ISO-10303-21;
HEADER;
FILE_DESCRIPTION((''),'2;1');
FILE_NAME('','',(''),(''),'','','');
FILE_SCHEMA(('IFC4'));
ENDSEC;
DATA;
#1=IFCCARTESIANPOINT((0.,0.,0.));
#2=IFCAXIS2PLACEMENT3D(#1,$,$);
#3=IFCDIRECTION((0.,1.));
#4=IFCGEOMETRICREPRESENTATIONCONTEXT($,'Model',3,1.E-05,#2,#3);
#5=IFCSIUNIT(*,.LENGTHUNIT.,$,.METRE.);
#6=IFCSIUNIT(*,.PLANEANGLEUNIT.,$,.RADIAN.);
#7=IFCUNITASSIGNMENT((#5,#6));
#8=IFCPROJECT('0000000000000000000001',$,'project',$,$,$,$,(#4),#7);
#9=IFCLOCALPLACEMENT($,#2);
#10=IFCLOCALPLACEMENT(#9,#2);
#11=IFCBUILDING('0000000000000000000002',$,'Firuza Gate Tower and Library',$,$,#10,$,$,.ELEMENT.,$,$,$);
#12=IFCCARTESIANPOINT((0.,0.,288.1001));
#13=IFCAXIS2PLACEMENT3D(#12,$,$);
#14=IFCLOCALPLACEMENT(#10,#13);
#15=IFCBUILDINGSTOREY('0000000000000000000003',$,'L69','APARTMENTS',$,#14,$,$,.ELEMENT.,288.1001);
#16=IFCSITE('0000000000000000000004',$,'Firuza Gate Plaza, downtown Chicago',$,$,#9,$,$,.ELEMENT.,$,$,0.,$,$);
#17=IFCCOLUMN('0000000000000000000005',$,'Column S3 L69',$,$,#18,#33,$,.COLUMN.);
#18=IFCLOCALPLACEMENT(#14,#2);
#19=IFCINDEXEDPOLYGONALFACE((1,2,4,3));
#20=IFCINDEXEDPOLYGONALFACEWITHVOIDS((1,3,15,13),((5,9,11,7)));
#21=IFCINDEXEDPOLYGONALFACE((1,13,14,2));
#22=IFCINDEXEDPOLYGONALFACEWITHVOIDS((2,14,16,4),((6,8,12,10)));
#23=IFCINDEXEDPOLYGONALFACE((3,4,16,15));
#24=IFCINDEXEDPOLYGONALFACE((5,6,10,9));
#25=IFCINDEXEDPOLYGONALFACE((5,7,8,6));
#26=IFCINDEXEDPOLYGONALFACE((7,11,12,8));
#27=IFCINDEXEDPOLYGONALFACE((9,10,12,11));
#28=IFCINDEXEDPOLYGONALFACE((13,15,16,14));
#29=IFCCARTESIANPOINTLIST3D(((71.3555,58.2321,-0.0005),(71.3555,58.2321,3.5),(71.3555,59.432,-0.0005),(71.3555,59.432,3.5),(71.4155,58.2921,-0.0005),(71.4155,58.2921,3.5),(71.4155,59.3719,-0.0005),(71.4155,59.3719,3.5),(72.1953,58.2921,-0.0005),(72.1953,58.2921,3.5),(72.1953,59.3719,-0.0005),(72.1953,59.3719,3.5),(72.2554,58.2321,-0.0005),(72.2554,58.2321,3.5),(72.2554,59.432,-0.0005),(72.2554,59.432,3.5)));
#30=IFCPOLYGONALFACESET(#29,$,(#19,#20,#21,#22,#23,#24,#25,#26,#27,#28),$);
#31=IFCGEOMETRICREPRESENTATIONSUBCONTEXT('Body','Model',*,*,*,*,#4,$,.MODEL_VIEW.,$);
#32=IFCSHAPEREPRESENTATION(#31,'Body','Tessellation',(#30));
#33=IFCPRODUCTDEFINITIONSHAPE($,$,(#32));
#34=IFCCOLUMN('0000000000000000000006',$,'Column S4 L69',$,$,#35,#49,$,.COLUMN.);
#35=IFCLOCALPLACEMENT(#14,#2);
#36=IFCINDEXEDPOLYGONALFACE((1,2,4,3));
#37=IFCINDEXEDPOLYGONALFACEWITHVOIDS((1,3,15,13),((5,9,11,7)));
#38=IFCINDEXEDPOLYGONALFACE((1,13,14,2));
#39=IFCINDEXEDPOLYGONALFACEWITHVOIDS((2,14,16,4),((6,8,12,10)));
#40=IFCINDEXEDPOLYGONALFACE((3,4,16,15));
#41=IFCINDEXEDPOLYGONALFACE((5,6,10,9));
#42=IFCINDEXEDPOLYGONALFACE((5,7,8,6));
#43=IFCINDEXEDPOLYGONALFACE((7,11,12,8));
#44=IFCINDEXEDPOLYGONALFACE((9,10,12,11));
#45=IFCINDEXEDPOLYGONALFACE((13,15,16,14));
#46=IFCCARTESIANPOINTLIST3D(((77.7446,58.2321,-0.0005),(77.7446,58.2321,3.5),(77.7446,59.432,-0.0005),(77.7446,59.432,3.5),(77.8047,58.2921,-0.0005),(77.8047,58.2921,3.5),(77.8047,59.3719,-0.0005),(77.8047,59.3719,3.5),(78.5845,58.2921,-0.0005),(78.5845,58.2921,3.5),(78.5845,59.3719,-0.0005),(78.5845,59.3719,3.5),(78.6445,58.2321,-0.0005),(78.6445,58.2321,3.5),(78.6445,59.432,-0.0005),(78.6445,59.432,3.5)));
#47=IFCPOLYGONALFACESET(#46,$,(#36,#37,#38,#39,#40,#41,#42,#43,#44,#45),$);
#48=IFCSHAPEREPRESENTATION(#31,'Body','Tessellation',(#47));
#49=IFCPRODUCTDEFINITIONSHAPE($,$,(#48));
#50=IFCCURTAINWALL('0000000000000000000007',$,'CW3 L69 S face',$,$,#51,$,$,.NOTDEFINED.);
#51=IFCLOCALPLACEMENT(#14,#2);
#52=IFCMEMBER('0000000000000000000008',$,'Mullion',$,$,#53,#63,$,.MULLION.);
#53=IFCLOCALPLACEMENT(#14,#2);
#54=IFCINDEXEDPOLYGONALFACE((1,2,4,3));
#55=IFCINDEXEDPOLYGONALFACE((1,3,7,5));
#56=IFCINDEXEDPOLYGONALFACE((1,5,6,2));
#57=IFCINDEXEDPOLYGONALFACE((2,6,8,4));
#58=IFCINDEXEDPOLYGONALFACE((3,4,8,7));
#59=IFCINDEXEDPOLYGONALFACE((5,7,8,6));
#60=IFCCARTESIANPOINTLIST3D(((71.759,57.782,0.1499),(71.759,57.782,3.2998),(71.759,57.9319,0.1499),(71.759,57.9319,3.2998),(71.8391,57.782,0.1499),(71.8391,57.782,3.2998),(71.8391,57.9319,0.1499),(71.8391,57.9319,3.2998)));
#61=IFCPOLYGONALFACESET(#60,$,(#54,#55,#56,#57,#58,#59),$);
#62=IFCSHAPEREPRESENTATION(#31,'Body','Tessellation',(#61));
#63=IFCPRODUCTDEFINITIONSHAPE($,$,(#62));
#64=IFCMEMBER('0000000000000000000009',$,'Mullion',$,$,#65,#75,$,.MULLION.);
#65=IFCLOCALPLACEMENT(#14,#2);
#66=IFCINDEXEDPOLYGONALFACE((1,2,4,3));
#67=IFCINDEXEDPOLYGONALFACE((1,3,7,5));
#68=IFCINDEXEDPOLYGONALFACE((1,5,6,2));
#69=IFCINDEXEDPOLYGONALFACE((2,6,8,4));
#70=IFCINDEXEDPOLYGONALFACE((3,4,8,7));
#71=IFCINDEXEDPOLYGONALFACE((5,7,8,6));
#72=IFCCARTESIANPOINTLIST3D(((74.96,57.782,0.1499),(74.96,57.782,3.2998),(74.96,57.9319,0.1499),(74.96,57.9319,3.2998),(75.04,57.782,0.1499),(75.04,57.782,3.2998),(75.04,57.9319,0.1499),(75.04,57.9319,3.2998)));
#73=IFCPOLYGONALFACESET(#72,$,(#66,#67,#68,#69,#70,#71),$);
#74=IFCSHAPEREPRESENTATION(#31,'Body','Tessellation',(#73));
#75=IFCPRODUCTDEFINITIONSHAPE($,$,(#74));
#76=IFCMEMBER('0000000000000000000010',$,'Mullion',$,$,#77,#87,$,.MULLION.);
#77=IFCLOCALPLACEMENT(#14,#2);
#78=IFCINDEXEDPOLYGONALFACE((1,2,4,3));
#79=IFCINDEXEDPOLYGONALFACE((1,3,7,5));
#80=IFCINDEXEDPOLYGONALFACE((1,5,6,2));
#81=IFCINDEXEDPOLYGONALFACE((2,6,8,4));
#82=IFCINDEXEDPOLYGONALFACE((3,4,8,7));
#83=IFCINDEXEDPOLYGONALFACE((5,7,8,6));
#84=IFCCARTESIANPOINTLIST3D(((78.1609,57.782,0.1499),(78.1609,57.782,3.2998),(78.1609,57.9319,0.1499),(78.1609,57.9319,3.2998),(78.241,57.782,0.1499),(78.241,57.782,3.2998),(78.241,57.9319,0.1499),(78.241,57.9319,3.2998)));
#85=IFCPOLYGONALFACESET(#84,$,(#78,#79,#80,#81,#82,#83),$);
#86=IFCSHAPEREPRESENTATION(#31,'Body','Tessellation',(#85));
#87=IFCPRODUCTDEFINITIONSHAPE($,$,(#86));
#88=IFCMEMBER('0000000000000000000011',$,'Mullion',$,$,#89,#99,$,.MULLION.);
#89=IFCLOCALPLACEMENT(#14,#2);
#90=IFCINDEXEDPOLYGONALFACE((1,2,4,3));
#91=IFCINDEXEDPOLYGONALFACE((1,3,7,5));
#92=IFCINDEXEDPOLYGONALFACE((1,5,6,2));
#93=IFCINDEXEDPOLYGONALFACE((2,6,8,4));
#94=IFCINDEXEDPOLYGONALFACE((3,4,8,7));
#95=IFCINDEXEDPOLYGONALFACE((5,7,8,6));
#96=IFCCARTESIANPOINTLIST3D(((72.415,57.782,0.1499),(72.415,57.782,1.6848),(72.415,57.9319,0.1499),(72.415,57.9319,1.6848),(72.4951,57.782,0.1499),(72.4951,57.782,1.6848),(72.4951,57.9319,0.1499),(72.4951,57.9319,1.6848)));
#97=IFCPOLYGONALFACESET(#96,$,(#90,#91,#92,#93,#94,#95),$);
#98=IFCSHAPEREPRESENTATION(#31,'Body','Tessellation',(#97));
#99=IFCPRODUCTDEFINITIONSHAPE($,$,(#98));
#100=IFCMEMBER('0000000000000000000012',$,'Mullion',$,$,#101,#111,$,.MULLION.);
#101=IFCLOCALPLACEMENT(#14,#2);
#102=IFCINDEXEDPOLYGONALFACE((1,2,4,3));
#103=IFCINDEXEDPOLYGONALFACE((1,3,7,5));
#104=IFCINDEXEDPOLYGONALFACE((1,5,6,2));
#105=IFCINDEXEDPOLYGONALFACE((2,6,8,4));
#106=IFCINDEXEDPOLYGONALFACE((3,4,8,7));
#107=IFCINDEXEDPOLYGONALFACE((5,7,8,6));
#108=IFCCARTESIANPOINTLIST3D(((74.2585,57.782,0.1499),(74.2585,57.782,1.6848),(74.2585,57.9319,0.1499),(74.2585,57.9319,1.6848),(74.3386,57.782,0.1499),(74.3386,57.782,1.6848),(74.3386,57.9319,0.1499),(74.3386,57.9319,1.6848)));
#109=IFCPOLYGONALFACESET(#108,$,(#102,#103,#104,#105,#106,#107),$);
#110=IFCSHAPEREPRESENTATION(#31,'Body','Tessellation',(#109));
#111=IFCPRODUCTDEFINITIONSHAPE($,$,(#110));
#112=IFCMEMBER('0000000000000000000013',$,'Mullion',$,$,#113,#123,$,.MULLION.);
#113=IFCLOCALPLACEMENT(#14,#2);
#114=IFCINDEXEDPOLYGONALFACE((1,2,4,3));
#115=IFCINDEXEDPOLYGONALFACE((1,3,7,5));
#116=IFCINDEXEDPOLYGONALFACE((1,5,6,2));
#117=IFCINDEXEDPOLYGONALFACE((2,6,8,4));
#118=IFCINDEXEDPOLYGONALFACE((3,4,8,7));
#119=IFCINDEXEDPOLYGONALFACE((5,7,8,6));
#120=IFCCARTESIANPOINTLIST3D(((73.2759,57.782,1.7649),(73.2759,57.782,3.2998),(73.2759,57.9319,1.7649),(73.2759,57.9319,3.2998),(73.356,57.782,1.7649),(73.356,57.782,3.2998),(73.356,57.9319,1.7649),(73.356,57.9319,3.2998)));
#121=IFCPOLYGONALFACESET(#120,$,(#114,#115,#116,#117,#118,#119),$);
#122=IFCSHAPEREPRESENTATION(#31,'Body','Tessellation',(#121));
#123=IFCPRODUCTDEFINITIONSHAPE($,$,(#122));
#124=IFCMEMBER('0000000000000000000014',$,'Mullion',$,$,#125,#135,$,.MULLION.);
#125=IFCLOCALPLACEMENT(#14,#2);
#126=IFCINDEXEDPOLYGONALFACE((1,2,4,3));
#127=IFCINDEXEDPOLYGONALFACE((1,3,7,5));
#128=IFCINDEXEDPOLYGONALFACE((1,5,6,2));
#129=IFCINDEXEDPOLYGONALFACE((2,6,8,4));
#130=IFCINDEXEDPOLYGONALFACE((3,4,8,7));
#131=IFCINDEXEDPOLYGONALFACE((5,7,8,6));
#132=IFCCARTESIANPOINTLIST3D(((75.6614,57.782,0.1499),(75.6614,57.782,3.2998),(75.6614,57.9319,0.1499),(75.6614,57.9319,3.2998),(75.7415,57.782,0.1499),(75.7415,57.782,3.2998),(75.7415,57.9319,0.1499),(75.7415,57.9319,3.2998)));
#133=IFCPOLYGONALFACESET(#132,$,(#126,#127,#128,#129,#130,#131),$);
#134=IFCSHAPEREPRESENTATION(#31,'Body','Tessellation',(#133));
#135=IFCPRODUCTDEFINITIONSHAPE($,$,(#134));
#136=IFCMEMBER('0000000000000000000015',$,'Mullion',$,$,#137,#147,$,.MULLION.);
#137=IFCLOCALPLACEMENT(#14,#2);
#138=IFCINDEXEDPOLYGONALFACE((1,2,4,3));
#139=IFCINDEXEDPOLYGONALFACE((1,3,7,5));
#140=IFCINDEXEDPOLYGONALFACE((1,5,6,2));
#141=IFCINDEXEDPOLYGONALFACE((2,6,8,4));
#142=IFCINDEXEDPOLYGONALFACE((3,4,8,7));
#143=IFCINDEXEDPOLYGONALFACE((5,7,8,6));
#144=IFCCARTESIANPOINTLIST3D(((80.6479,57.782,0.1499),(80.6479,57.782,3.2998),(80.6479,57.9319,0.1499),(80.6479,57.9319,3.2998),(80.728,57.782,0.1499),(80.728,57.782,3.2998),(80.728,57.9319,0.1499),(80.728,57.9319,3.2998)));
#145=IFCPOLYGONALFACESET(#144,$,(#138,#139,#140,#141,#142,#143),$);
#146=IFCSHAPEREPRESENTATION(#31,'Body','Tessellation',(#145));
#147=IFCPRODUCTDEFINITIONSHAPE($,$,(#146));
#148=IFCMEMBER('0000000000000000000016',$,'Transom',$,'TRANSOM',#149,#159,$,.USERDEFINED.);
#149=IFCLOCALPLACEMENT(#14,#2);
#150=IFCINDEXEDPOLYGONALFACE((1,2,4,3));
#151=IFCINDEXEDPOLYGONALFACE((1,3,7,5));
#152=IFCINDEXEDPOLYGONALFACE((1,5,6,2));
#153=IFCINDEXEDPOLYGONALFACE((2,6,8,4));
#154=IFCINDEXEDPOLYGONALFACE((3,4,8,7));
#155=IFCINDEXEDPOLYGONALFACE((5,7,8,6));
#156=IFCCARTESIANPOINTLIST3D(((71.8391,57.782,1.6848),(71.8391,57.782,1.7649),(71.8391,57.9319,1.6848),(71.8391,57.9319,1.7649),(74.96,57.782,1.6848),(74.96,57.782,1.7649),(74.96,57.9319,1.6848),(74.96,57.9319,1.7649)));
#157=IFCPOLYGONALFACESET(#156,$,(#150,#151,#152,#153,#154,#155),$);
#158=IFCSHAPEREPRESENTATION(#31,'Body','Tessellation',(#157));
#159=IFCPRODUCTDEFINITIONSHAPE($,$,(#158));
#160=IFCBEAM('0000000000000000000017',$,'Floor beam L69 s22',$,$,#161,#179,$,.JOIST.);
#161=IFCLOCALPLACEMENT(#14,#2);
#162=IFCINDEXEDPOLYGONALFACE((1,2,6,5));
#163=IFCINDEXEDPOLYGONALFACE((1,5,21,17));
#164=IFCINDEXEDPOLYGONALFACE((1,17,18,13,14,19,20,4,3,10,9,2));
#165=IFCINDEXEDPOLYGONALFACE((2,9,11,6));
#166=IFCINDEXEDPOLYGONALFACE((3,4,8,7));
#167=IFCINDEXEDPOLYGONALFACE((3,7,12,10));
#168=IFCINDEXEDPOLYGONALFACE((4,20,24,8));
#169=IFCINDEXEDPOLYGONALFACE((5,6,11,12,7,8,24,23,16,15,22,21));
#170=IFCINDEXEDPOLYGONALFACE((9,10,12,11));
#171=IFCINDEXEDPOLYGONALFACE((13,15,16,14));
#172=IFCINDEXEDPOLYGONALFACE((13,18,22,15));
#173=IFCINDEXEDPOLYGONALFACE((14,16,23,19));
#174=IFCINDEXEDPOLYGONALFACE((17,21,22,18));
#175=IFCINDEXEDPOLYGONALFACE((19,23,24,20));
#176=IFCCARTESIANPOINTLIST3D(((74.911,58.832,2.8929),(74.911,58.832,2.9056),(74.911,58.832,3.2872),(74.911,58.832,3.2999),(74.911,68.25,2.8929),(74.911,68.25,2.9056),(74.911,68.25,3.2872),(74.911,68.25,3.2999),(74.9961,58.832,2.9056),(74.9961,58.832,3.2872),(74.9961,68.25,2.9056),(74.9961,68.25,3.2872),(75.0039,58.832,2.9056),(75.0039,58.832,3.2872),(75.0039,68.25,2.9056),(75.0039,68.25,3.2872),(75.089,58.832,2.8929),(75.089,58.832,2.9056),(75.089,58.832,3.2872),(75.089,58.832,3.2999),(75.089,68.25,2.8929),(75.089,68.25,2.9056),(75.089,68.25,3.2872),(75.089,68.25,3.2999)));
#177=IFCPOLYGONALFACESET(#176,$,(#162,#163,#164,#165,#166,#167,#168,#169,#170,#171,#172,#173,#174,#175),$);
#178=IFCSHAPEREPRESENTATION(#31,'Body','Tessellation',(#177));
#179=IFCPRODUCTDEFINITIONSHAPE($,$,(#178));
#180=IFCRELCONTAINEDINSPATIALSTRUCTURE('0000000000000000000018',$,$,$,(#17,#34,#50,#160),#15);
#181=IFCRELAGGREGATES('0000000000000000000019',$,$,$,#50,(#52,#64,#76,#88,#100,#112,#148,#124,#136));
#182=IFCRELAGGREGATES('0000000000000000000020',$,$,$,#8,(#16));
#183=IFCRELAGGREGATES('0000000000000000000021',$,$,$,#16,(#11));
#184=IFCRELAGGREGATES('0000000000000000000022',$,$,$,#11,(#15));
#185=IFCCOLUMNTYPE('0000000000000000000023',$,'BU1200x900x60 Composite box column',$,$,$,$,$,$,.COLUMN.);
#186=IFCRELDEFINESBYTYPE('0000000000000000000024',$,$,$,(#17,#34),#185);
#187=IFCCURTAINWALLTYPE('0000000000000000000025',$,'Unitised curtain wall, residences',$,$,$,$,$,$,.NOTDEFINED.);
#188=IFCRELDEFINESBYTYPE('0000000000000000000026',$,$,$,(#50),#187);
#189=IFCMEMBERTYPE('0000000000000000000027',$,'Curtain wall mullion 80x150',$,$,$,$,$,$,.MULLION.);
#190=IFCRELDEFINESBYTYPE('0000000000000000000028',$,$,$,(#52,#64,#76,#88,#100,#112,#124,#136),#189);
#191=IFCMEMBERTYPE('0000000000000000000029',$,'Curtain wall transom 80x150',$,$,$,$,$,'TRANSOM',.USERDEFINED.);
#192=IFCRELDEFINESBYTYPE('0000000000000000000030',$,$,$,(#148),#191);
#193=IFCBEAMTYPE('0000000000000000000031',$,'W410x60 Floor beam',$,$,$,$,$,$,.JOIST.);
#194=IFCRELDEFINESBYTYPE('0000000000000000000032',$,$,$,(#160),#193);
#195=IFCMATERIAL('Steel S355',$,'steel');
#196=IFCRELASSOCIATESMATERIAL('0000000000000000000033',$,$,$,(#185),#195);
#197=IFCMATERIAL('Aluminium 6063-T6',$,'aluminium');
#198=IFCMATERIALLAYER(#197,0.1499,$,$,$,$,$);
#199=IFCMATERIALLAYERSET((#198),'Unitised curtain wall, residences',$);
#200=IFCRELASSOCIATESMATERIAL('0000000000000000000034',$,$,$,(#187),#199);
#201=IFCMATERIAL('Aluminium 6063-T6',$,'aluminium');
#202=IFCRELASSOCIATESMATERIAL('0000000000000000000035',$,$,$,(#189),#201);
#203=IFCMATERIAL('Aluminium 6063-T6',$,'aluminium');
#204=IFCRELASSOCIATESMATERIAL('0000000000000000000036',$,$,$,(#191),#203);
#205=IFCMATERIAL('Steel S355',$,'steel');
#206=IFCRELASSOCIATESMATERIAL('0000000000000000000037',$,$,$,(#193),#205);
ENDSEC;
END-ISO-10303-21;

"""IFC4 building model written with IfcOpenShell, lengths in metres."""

from ifc_helpers import new_model, si_unit, direction, frame, origin, origin_2d, place, context, subcontext, project, spatial, rectangle, hollow_rectangle, i_section, extrude, material, layer, layer_set, material_profile, profile_set, type_object, element, aggregate, save


model = new_model("IFC4")

# Units and contexts
model_context = context("Model", 3, precision=1e-05, world=origin(), true_north=direction((0.0, 1.0)))
body_context = subcontext(model_context, "Body", "Model", "MODEL_VIEW")
ifc_project = project(units=[si_unit("LENGTHUNIT", "METRE"), si_unit("PLANEANGLEUNIT", "RADIAN")], contexts=[model_context])

# Site, building, storey
site_placement = place(None, origin())
site = spatial("IfcSite", under=ifc_project, at=site_placement, Name="Firuza Gate Plaza, downtown Chicago", CompositionType="ELEMENT", RefElevation=0.0)
building_placement = place(site_placement, origin())
building = spatial("IfcBuilding", under=site, at=building_placement, Name="Firuza Gate Tower and Library", CompositionType="ELEMENT")
storey_placement = place(building_placement, frame((0.0, 0.0, 288.1001)))
storey = spatial("IfcBuildingStorey", under=building, at=storey_placement, Name="L69", Description="APARTMENTS", CompositionType="ELEMENT", Elevation=288.1001)

# Columns
ifc_material_1 = material(Name="Steel S355", Category="steel")
ifc_material_profile_1 = material_profile(ifc_material_1, hollow_rectangle(XDim=0.8999, YDim=1.2, WallThickness=0.0601, at=origin_2d()))
ifc_profile_set_1 = profile_set([ifc_material_profile_1], Name="Steel S355")
column_type = type_object("IfcColumnType", Name="BU1200x900x60 Composite box column", PredefinedType="COLUMN", material=ifc_profile_set_1)
for number, where, z_axis, x_axis, name in (
    (1, (71.8054, 58.832, -0.0005), (0.0, 0.0, 1.0), (1.0, 0.0, 0.0), "Column S3 L69"),
    (2, (78.1946, 58.832, -0.0005), (0.0, 0.0, 1.0), (1.0, 0.0, 0.0), "Column S4 L69"),
):
    element("IfcColumn", number, at=place(storey_placement, frame(where, z_axis=z_axis, x_axis=x_axis)), inside=storey, type_object=column_type, Name=name, PredefinedType="COLUMN", context=body_context, shape_type="SweptSolid", body=[
        extrude(hollow_rectangle(XDim=0.8999, YDim=1.2, WallThickness=0.0601, at=origin_2d()), origin(), (0.0, 0.0, 1.0), 3.5005),
    ])

# Curtain wall, members
ifc_material_2 = material(Name="Aluminium 6063-T6", Category="aluminium")
ifc_layer_1 = layer(ifc_material_2, 0.1499)
ifc_layer_set_1 = layer_set([ifc_layer_1], Name="Unitised curtain wall, residences")
curtain_wall_type = type_object("IfcCurtainWallType", Name="Unitised curtain wall, residences", PredefinedType="NOTDEFINED", material=ifc_layer_set_1)
curtain_wall_placement = place(storey_placement, origin())
curtain_wall = element("IfcCurtainWall", 3, at=curtain_wall_placement, inside=storey, type_object=curtain_wall_type, Name="CW3 L69 S face", PredefinedType="NOTDEFINED")
ifc_material_3 = material(Name="Aluminium 6063-T6", Category="aluminium")
ifc_material_profile_2 = material_profile(ifc_material_3, rectangle(XDim=0.1499, YDim=0.0801, at=origin_2d()))
ifc_profile_set_2 = profile_set([ifc_material_profile_2], Name="Aluminium 6063-T6")
member_type_1 = type_object("IfcMemberType", Name="Curtain wall mullion 80x150", PredefinedType="MULLION", material=ifc_profile_set_2)
member_1_placement = place(storey_placement, frame((71.7991, 57.8569, 0.1499), z_axis=(0.0, 0.0, 1.0), x_axis=(0.0, 1.0, 0.0)))
member_1 = element("IfcMember", 4, at=member_1_placement, type_object=member_type_1, Name="Mullion", PredefinedType="MULLION", context=body_context, shape_type="SweptSolid", body=[
    extrude(rectangle(XDim=0.1499, YDim=0.0801, at=origin_2d()), origin(), (0.0, 0.0, 1.0), 3.1499),
])
member_2_placement = place(storey_placement, frame((75.0, 57.8569, 0.1499), z_axis=(0.0, 0.0, 1.0), x_axis=(0.0, 1.0, 0.0)))
member_2 = element("IfcMember", 5, at=member_2_placement, type_object=member_type_1, Name="Mullion", PredefinedType="MULLION", context=body_context, shape_type="SweptSolid", body=[
    extrude(rectangle(XDim=0.1499, YDim=0.0801, at=origin_2d()), origin(), (0.0, 0.0, 1.0), 3.1499),
])
member_3_placement = place(storey_placement, frame((78.2009, 57.8569, 0.1499), z_axis=(0.0, 0.0, 1.0), x_axis=(0.0, 1.0, 0.0)))
member_3 = element("IfcMember", 6, at=member_3_placement, type_object=member_type_1, Name="Mullion", PredefinedType="MULLION", context=body_context, shape_type="SweptSolid", body=[
    extrude(rectangle(XDim=0.1499, YDim=0.0801, at=origin_2d()), origin(), (0.0, 0.0, 1.0), 3.1499),
])
member_4_placement = place(storey_placement, frame((72.4551, 57.8569, 0.1499), z_axis=(0.0, 0.0, 1.0), x_axis=(0.0, 1.0, 0.0)))
member_4 = element("IfcMember", 7, at=member_4_placement, type_object=member_type_1, Name="Mullion", PredefinedType="MULLION", context=body_context, shape_type="SweptSolid", body=[
    extrude(rectangle(XDim=0.1499, YDim=0.0801, at=origin_2d()), origin(), (0.0, 0.0, 1.0), 1.5349),
])
member_5_placement = place(storey_placement, frame((74.2986, 57.8569, 0.1499), z_axis=(0.0, 0.0, 1.0), x_axis=(0.0, 1.0, 0.0)))
member_5 = element("IfcMember", 8, at=member_5_placement, type_object=member_type_1, Name="Mullion", PredefinedType="MULLION", context=body_context, shape_type="SweptSolid", body=[
    extrude(rectangle(XDim=0.1499, YDim=0.0801, at=origin_2d()), origin(), (0.0, 0.0, 1.0), 1.5349),
])
member_6_placement = place(storey_placement, frame((73.3159, 57.8569, 1.7649), z_axis=(0.0, 0.0, 1.0), x_axis=(0.0, 1.0, 0.0)))
member_6 = element("IfcMember", 9, at=member_6_placement, type_object=member_type_1, Name="Mullion", PredefinedType="MULLION", context=body_context, shape_type="SweptSolid", body=[
    extrude(rectangle(XDim=0.1499, YDim=0.0801, at=origin_2d()), origin(), (0.0, 0.0, 1.0), 1.5349),
])
member_7_placement = place(storey_placement, frame((75.7014, 57.8569, 0.1499), z_axis=(0.0, 0.0, 1.0), x_axis=(0.0, 1.0, 0.0)))
member_7 = element("IfcMember", 10, at=member_7_placement, type_object=member_type_1, Name="Mullion", PredefinedType="MULLION", context=body_context, shape_type="SweptSolid", body=[
    extrude(rectangle(XDim=0.1499, YDim=0.0801, at=origin_2d()), origin(), (0.0, 0.0, 1.0), 3.1499),
])
member_8_placement = place(storey_placement, frame((80.688, 57.8569, 0.1499), z_axis=(0.0, 0.0, 1.0), x_axis=(0.0, 1.0, 0.0)))
member_8 = element("IfcMember", 11, at=member_8_placement, type_object=member_type_1, Name="Mullion", PredefinedType="MULLION", context=body_context, shape_type="SweptSolid", body=[
    extrude(rectangle(XDim=0.1499, YDim=0.0801, at=origin_2d()), origin(), (0.0, 0.0, 1.0), 3.1499),
])
ifc_material_4 = material(Name="Aluminium 6063-T6", Category="aluminium")
ifc_material_profile_3 = material_profile(ifc_material_4, rectangle(XDim=0.1499, YDim=0.0801, at=origin_2d()))
ifc_profile_set_3 = profile_set([ifc_material_profile_3], Name="Aluminium 6063-T6")
member_type_2 = type_object("IfcMemberType", Name="Curtain wall transom 80x150", ElementType="TRANSOM", PredefinedType="USERDEFINED", material=ifc_profile_set_3)
member_9_placement = place(storey_placement, frame((71.8391, 57.8569, 1.7249), z_axis=(1.0, 0.0, 0.0), x_axis=(0.0, 1.0, 0.0)))
member_9 = element("IfcMember", 12, at=member_9_placement, type_object=member_type_2, Name="Transom", ObjectType="TRANSOM", PredefinedType="USERDEFINED", context=body_context, shape_type="SweptSolid", body=[
    extrude(rectangle(XDim=0.1499, YDim=0.0801, at=origin_2d()), origin(), (0.0, 0.0, 1.0), 3.1208),
])

# Beam
ifc_material_5 = material(Name="Steel S355", Category="steel")
ifc_material_profile_4 = material_profile(ifc_material_5, i_section(OverallWidth=0.178, OverallDepth=0.407, WebThickness=0.0078, FlangeThickness=0.0127, at=origin_2d()))
ifc_profile_set_4 = profile_set([ifc_material_profile_4], Name="Steel S355")
beam_type_1 = type_object("IfcBeamType", Name="W410x60 Floor beam", PredefinedType="JOIST", material=ifc_profile_set_4)
beam_1_placement = place(storey_placement, frame((75.0, 58.832, 3.0964), z_axis=(0.0, 1.0, 0.0), x_axis=(-1.0, 0.0, 0.0)))
element("IfcBeam", 13, at=beam_1_placement, inside=storey, type_object=beam_type_1, Name="Floor beam L69 s22", PredefinedType="JOIST", context=body_context, shape_type="SweptSolid", body=[
    extrude(i_section(OverallWidth=0.178, OverallDepth=0.407, WebThickness=0.0078, FlangeThickness=0.0127, at=origin_2d()), origin(), (0.0, 0.0, 1.0), 9.418),
])

aggregate(curtain_wall, [member_1, member_2, member_3, member_4, member_5, member_6, member_9, member_7, member_8])

save(model, "model.ifc")
